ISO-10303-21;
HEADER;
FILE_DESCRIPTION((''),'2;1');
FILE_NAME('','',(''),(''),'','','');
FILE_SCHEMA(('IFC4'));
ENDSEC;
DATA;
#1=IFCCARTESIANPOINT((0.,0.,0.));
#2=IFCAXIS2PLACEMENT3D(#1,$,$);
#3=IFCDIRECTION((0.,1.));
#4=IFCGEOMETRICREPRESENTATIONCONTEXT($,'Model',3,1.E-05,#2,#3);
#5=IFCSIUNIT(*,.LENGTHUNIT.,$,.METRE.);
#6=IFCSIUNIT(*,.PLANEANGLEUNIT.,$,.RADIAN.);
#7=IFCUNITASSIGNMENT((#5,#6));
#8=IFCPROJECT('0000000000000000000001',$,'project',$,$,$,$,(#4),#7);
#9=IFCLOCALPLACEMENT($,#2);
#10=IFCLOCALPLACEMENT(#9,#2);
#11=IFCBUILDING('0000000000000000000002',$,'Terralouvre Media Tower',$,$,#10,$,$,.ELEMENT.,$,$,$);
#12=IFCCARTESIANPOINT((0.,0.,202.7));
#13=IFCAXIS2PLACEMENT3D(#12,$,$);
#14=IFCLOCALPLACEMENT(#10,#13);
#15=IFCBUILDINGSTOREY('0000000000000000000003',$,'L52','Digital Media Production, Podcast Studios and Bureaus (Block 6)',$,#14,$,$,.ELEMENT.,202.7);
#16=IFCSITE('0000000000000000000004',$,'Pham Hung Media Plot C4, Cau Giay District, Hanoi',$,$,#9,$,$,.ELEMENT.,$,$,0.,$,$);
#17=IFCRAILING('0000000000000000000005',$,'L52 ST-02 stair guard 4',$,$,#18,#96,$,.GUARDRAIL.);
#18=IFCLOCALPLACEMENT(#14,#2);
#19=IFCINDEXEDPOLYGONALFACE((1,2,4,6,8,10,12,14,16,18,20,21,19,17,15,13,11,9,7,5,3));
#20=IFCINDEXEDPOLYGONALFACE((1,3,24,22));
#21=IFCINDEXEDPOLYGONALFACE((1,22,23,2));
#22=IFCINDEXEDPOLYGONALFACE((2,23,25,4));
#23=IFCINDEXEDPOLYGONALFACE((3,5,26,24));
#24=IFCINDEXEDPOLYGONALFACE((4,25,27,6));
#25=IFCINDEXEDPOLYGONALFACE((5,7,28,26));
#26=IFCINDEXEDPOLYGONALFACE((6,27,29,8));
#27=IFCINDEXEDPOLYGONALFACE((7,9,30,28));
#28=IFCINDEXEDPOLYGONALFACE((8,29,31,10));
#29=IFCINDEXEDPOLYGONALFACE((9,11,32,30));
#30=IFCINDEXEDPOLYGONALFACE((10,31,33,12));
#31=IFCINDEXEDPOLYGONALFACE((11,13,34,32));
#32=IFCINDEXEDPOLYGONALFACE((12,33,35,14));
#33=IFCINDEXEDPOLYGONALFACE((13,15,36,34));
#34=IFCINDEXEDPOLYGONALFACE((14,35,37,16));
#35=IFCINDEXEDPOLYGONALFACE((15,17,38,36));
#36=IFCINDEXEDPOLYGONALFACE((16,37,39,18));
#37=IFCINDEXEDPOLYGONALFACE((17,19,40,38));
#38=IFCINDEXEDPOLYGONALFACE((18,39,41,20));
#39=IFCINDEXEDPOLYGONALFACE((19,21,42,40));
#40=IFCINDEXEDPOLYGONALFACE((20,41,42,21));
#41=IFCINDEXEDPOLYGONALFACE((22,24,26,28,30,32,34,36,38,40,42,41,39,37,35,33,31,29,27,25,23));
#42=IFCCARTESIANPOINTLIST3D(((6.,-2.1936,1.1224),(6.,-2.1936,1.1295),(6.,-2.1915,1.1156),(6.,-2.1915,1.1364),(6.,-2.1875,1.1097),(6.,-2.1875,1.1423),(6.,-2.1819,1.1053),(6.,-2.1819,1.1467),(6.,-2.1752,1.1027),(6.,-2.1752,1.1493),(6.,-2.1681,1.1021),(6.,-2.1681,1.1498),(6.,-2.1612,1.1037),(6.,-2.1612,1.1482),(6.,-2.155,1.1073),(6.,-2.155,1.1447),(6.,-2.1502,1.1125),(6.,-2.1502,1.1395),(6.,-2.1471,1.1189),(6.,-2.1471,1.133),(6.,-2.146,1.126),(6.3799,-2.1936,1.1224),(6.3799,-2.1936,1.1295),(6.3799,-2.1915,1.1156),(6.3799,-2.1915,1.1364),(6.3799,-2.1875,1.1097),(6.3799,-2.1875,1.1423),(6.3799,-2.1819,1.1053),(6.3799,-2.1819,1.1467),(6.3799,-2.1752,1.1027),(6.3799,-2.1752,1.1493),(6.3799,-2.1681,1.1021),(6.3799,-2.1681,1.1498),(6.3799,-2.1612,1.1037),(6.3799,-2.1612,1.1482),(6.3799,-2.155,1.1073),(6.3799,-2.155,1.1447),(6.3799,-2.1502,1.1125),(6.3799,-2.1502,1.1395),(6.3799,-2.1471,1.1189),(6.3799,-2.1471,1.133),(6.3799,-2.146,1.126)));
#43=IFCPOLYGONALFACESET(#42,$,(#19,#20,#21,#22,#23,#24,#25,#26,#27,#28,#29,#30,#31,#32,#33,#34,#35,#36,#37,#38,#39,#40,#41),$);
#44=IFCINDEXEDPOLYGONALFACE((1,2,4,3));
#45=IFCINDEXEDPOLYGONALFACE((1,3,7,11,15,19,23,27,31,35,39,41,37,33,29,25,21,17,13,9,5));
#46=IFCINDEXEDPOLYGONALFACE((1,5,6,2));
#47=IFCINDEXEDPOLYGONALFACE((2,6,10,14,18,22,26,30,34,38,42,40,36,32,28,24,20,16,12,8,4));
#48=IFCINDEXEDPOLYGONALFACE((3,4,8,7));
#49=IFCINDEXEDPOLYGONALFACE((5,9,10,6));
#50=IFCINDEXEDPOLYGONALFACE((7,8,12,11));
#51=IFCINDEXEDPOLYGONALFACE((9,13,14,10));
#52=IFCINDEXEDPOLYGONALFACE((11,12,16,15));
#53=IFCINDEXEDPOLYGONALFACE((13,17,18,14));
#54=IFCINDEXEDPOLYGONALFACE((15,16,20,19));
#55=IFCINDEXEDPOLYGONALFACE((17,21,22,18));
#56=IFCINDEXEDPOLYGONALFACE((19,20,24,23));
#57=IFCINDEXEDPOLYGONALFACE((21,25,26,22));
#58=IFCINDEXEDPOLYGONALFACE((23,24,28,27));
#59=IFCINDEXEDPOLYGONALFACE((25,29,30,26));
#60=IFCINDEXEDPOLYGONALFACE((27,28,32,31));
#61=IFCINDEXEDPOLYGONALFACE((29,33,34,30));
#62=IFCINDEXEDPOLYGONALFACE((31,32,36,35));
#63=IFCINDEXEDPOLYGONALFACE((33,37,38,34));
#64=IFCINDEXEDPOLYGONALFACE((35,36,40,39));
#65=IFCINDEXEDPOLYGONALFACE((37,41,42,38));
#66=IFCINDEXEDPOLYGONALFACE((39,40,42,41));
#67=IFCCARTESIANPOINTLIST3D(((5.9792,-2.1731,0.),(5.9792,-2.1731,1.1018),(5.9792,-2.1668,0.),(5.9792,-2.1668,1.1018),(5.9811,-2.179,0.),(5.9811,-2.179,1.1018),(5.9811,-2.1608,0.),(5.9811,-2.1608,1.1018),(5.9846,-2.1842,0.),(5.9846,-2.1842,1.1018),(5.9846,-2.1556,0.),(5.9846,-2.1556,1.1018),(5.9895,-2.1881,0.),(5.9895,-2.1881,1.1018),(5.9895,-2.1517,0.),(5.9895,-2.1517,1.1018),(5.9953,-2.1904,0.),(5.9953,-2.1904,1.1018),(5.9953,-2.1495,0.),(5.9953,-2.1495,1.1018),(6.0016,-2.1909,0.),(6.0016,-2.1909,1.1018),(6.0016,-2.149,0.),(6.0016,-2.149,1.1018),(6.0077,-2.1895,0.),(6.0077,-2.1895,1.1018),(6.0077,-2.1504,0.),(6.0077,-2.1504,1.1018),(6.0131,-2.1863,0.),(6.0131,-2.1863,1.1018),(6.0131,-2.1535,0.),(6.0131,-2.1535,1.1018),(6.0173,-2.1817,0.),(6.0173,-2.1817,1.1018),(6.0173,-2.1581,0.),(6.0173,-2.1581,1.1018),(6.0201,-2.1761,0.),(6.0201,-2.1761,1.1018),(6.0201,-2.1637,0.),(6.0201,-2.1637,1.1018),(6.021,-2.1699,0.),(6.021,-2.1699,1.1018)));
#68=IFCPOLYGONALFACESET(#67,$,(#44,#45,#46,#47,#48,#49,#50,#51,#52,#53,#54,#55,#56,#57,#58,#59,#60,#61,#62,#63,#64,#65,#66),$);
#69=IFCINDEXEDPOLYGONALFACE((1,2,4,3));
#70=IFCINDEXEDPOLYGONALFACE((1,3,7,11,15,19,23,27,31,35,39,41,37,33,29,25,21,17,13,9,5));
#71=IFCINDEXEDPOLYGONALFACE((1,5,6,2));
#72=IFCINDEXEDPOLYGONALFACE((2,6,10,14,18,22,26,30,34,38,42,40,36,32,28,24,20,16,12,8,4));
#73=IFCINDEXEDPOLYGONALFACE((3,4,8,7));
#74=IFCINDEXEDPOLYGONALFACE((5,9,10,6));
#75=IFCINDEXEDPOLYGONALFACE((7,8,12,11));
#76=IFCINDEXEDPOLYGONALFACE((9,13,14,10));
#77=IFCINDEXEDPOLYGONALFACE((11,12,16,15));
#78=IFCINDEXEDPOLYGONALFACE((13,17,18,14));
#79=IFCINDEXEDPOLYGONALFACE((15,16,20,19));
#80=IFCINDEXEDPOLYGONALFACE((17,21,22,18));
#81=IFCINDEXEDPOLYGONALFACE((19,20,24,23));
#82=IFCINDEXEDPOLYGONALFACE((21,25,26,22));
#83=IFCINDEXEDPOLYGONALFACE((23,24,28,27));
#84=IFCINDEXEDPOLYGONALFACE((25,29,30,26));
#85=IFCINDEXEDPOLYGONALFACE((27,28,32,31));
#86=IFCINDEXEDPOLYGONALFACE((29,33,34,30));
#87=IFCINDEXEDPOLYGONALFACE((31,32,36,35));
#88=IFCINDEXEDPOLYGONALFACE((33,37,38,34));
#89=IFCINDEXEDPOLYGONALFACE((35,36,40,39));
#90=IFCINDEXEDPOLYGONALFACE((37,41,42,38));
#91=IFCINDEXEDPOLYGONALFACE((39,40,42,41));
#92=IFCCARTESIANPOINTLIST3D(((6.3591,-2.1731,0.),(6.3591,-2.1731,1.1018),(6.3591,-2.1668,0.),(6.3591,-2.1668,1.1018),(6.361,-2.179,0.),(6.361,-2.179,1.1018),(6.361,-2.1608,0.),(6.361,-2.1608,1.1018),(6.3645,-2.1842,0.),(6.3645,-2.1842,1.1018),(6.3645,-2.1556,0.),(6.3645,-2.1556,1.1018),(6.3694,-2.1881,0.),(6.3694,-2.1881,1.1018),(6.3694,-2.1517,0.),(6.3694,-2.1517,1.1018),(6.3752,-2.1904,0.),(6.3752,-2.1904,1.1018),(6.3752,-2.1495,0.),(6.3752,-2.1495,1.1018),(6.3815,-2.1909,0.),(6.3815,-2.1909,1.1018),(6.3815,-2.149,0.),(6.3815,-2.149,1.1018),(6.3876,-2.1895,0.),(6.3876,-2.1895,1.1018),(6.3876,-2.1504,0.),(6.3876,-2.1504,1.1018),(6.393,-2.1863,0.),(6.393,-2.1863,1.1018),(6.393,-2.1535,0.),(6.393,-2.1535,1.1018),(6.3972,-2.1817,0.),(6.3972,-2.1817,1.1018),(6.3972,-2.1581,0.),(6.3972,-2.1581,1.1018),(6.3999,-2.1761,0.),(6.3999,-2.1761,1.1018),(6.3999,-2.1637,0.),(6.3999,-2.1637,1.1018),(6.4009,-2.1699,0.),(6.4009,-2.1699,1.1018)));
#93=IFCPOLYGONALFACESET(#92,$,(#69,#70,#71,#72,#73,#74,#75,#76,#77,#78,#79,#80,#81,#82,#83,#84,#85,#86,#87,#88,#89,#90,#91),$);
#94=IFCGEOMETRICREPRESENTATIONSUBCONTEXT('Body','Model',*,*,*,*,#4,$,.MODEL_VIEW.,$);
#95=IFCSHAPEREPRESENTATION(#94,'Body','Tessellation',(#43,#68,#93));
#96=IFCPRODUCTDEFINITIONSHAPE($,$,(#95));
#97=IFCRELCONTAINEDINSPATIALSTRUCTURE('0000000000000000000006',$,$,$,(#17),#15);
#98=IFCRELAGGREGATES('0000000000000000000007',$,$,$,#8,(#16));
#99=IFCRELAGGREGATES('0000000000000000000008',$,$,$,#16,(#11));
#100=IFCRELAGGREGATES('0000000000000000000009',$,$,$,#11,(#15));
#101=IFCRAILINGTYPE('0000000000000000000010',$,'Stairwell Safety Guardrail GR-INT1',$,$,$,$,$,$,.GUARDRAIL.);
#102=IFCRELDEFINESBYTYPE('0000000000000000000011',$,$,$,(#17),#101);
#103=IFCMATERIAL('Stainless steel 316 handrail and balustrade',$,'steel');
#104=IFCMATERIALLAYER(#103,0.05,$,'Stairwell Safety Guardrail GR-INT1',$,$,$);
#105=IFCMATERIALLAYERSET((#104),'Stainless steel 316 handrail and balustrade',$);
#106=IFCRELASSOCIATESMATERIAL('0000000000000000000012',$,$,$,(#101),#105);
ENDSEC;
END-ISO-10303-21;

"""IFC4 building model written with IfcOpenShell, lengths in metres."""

from ifc_helpers import new_model, si_unit, direction, frame, origin, origin_2d, place, context, subcontext, project, spatial, circle, extrude, material, layer, layer_set, type_object, element, save


model = new_model("IFC4")

# Units and contexts
model_context = context("Model", 3, precision=1e-05, world=origin(), true_north=direction((0.0, 1.0)))
body_context = subcontext(model_context, "Body", "Model", "MODEL_VIEW")
ifc_project = project(units=[si_unit("LENGTHUNIT", "METRE"), si_unit("PLANEANGLEUNIT", "RADIAN")], contexts=[model_context])

# Site, building, storey
site_placement = place(None, origin())
site = spatial("IfcSite", under=ifc_project, at=site_placement, Name="Pham Hung Media Plot C4, Cau Giay District, Hanoi", CompositionType="ELEMENT", RefElevation=0.0)
building_placement = place(site_placement, origin())
building = spatial("IfcBuilding", under=site, at=building_placement, Name="Terralouvre Media Tower", CompositionType="ELEMENT")
storey_placement = place(building_placement, frame((0.0, 0.0, 202.7)))
storey = spatial("IfcBuildingStorey", under=building, at=storey_placement, Name="L52", Description="Digital Media Production, Podcast Studios and Bureaus (Block 6)", CompositionType="ELEMENT", Elevation=202.7)

# Railing
ifc_material_1 = material(Name="Stainless steel 316 handrail and balustrade", Category="steel")
ifc_layer_1 = layer(ifc_material_1, 0.05, Name="Stairwell Safety Guardrail GR-INT1")
ifc_layer_set_1 = layer_set([ifc_layer_1], Name="Stainless steel 316 handrail and balustrade")
railing_type_1 = type_object("IfcRailingType", Name="Stairwell Safety Guardrail GR-INT1", PredefinedType="GUARDRAIL", material=ifc_layer_set_1)
railing_1_placement = place(storey_placement, frame((6.0, -2.1699, 0.0)))
element("IfcRailing", 1, at=railing_1_placement, inside=storey, type_object=railing_type_1, Name="L52 ST-02 stair guard 4", PredefinedType="GUARDRAIL", context=body_context, shape_type="SweptSolid", body=[
    extrude(circle(Radius=0.0239, at=origin_2d()), frame((0.0, 0.0, 1.126), z_axis=(1.0, 0.0, 0.0), x_axis=(0.0, 1.0, 0.0)), (0.0, 0.0, 1.0), 0.3799),
    extrude(circle(Radius=0.021, at=origin_2d()), origin(), (0.0, 0.0, 1.0), 1.1018),
    extrude(circle(Radius=0.021, at=origin_2d()), frame((0.3799, 0.0, 0.0)), (0.0, 0.0, 1.0), 1.1018),
])

save(model, "model.ifc")
